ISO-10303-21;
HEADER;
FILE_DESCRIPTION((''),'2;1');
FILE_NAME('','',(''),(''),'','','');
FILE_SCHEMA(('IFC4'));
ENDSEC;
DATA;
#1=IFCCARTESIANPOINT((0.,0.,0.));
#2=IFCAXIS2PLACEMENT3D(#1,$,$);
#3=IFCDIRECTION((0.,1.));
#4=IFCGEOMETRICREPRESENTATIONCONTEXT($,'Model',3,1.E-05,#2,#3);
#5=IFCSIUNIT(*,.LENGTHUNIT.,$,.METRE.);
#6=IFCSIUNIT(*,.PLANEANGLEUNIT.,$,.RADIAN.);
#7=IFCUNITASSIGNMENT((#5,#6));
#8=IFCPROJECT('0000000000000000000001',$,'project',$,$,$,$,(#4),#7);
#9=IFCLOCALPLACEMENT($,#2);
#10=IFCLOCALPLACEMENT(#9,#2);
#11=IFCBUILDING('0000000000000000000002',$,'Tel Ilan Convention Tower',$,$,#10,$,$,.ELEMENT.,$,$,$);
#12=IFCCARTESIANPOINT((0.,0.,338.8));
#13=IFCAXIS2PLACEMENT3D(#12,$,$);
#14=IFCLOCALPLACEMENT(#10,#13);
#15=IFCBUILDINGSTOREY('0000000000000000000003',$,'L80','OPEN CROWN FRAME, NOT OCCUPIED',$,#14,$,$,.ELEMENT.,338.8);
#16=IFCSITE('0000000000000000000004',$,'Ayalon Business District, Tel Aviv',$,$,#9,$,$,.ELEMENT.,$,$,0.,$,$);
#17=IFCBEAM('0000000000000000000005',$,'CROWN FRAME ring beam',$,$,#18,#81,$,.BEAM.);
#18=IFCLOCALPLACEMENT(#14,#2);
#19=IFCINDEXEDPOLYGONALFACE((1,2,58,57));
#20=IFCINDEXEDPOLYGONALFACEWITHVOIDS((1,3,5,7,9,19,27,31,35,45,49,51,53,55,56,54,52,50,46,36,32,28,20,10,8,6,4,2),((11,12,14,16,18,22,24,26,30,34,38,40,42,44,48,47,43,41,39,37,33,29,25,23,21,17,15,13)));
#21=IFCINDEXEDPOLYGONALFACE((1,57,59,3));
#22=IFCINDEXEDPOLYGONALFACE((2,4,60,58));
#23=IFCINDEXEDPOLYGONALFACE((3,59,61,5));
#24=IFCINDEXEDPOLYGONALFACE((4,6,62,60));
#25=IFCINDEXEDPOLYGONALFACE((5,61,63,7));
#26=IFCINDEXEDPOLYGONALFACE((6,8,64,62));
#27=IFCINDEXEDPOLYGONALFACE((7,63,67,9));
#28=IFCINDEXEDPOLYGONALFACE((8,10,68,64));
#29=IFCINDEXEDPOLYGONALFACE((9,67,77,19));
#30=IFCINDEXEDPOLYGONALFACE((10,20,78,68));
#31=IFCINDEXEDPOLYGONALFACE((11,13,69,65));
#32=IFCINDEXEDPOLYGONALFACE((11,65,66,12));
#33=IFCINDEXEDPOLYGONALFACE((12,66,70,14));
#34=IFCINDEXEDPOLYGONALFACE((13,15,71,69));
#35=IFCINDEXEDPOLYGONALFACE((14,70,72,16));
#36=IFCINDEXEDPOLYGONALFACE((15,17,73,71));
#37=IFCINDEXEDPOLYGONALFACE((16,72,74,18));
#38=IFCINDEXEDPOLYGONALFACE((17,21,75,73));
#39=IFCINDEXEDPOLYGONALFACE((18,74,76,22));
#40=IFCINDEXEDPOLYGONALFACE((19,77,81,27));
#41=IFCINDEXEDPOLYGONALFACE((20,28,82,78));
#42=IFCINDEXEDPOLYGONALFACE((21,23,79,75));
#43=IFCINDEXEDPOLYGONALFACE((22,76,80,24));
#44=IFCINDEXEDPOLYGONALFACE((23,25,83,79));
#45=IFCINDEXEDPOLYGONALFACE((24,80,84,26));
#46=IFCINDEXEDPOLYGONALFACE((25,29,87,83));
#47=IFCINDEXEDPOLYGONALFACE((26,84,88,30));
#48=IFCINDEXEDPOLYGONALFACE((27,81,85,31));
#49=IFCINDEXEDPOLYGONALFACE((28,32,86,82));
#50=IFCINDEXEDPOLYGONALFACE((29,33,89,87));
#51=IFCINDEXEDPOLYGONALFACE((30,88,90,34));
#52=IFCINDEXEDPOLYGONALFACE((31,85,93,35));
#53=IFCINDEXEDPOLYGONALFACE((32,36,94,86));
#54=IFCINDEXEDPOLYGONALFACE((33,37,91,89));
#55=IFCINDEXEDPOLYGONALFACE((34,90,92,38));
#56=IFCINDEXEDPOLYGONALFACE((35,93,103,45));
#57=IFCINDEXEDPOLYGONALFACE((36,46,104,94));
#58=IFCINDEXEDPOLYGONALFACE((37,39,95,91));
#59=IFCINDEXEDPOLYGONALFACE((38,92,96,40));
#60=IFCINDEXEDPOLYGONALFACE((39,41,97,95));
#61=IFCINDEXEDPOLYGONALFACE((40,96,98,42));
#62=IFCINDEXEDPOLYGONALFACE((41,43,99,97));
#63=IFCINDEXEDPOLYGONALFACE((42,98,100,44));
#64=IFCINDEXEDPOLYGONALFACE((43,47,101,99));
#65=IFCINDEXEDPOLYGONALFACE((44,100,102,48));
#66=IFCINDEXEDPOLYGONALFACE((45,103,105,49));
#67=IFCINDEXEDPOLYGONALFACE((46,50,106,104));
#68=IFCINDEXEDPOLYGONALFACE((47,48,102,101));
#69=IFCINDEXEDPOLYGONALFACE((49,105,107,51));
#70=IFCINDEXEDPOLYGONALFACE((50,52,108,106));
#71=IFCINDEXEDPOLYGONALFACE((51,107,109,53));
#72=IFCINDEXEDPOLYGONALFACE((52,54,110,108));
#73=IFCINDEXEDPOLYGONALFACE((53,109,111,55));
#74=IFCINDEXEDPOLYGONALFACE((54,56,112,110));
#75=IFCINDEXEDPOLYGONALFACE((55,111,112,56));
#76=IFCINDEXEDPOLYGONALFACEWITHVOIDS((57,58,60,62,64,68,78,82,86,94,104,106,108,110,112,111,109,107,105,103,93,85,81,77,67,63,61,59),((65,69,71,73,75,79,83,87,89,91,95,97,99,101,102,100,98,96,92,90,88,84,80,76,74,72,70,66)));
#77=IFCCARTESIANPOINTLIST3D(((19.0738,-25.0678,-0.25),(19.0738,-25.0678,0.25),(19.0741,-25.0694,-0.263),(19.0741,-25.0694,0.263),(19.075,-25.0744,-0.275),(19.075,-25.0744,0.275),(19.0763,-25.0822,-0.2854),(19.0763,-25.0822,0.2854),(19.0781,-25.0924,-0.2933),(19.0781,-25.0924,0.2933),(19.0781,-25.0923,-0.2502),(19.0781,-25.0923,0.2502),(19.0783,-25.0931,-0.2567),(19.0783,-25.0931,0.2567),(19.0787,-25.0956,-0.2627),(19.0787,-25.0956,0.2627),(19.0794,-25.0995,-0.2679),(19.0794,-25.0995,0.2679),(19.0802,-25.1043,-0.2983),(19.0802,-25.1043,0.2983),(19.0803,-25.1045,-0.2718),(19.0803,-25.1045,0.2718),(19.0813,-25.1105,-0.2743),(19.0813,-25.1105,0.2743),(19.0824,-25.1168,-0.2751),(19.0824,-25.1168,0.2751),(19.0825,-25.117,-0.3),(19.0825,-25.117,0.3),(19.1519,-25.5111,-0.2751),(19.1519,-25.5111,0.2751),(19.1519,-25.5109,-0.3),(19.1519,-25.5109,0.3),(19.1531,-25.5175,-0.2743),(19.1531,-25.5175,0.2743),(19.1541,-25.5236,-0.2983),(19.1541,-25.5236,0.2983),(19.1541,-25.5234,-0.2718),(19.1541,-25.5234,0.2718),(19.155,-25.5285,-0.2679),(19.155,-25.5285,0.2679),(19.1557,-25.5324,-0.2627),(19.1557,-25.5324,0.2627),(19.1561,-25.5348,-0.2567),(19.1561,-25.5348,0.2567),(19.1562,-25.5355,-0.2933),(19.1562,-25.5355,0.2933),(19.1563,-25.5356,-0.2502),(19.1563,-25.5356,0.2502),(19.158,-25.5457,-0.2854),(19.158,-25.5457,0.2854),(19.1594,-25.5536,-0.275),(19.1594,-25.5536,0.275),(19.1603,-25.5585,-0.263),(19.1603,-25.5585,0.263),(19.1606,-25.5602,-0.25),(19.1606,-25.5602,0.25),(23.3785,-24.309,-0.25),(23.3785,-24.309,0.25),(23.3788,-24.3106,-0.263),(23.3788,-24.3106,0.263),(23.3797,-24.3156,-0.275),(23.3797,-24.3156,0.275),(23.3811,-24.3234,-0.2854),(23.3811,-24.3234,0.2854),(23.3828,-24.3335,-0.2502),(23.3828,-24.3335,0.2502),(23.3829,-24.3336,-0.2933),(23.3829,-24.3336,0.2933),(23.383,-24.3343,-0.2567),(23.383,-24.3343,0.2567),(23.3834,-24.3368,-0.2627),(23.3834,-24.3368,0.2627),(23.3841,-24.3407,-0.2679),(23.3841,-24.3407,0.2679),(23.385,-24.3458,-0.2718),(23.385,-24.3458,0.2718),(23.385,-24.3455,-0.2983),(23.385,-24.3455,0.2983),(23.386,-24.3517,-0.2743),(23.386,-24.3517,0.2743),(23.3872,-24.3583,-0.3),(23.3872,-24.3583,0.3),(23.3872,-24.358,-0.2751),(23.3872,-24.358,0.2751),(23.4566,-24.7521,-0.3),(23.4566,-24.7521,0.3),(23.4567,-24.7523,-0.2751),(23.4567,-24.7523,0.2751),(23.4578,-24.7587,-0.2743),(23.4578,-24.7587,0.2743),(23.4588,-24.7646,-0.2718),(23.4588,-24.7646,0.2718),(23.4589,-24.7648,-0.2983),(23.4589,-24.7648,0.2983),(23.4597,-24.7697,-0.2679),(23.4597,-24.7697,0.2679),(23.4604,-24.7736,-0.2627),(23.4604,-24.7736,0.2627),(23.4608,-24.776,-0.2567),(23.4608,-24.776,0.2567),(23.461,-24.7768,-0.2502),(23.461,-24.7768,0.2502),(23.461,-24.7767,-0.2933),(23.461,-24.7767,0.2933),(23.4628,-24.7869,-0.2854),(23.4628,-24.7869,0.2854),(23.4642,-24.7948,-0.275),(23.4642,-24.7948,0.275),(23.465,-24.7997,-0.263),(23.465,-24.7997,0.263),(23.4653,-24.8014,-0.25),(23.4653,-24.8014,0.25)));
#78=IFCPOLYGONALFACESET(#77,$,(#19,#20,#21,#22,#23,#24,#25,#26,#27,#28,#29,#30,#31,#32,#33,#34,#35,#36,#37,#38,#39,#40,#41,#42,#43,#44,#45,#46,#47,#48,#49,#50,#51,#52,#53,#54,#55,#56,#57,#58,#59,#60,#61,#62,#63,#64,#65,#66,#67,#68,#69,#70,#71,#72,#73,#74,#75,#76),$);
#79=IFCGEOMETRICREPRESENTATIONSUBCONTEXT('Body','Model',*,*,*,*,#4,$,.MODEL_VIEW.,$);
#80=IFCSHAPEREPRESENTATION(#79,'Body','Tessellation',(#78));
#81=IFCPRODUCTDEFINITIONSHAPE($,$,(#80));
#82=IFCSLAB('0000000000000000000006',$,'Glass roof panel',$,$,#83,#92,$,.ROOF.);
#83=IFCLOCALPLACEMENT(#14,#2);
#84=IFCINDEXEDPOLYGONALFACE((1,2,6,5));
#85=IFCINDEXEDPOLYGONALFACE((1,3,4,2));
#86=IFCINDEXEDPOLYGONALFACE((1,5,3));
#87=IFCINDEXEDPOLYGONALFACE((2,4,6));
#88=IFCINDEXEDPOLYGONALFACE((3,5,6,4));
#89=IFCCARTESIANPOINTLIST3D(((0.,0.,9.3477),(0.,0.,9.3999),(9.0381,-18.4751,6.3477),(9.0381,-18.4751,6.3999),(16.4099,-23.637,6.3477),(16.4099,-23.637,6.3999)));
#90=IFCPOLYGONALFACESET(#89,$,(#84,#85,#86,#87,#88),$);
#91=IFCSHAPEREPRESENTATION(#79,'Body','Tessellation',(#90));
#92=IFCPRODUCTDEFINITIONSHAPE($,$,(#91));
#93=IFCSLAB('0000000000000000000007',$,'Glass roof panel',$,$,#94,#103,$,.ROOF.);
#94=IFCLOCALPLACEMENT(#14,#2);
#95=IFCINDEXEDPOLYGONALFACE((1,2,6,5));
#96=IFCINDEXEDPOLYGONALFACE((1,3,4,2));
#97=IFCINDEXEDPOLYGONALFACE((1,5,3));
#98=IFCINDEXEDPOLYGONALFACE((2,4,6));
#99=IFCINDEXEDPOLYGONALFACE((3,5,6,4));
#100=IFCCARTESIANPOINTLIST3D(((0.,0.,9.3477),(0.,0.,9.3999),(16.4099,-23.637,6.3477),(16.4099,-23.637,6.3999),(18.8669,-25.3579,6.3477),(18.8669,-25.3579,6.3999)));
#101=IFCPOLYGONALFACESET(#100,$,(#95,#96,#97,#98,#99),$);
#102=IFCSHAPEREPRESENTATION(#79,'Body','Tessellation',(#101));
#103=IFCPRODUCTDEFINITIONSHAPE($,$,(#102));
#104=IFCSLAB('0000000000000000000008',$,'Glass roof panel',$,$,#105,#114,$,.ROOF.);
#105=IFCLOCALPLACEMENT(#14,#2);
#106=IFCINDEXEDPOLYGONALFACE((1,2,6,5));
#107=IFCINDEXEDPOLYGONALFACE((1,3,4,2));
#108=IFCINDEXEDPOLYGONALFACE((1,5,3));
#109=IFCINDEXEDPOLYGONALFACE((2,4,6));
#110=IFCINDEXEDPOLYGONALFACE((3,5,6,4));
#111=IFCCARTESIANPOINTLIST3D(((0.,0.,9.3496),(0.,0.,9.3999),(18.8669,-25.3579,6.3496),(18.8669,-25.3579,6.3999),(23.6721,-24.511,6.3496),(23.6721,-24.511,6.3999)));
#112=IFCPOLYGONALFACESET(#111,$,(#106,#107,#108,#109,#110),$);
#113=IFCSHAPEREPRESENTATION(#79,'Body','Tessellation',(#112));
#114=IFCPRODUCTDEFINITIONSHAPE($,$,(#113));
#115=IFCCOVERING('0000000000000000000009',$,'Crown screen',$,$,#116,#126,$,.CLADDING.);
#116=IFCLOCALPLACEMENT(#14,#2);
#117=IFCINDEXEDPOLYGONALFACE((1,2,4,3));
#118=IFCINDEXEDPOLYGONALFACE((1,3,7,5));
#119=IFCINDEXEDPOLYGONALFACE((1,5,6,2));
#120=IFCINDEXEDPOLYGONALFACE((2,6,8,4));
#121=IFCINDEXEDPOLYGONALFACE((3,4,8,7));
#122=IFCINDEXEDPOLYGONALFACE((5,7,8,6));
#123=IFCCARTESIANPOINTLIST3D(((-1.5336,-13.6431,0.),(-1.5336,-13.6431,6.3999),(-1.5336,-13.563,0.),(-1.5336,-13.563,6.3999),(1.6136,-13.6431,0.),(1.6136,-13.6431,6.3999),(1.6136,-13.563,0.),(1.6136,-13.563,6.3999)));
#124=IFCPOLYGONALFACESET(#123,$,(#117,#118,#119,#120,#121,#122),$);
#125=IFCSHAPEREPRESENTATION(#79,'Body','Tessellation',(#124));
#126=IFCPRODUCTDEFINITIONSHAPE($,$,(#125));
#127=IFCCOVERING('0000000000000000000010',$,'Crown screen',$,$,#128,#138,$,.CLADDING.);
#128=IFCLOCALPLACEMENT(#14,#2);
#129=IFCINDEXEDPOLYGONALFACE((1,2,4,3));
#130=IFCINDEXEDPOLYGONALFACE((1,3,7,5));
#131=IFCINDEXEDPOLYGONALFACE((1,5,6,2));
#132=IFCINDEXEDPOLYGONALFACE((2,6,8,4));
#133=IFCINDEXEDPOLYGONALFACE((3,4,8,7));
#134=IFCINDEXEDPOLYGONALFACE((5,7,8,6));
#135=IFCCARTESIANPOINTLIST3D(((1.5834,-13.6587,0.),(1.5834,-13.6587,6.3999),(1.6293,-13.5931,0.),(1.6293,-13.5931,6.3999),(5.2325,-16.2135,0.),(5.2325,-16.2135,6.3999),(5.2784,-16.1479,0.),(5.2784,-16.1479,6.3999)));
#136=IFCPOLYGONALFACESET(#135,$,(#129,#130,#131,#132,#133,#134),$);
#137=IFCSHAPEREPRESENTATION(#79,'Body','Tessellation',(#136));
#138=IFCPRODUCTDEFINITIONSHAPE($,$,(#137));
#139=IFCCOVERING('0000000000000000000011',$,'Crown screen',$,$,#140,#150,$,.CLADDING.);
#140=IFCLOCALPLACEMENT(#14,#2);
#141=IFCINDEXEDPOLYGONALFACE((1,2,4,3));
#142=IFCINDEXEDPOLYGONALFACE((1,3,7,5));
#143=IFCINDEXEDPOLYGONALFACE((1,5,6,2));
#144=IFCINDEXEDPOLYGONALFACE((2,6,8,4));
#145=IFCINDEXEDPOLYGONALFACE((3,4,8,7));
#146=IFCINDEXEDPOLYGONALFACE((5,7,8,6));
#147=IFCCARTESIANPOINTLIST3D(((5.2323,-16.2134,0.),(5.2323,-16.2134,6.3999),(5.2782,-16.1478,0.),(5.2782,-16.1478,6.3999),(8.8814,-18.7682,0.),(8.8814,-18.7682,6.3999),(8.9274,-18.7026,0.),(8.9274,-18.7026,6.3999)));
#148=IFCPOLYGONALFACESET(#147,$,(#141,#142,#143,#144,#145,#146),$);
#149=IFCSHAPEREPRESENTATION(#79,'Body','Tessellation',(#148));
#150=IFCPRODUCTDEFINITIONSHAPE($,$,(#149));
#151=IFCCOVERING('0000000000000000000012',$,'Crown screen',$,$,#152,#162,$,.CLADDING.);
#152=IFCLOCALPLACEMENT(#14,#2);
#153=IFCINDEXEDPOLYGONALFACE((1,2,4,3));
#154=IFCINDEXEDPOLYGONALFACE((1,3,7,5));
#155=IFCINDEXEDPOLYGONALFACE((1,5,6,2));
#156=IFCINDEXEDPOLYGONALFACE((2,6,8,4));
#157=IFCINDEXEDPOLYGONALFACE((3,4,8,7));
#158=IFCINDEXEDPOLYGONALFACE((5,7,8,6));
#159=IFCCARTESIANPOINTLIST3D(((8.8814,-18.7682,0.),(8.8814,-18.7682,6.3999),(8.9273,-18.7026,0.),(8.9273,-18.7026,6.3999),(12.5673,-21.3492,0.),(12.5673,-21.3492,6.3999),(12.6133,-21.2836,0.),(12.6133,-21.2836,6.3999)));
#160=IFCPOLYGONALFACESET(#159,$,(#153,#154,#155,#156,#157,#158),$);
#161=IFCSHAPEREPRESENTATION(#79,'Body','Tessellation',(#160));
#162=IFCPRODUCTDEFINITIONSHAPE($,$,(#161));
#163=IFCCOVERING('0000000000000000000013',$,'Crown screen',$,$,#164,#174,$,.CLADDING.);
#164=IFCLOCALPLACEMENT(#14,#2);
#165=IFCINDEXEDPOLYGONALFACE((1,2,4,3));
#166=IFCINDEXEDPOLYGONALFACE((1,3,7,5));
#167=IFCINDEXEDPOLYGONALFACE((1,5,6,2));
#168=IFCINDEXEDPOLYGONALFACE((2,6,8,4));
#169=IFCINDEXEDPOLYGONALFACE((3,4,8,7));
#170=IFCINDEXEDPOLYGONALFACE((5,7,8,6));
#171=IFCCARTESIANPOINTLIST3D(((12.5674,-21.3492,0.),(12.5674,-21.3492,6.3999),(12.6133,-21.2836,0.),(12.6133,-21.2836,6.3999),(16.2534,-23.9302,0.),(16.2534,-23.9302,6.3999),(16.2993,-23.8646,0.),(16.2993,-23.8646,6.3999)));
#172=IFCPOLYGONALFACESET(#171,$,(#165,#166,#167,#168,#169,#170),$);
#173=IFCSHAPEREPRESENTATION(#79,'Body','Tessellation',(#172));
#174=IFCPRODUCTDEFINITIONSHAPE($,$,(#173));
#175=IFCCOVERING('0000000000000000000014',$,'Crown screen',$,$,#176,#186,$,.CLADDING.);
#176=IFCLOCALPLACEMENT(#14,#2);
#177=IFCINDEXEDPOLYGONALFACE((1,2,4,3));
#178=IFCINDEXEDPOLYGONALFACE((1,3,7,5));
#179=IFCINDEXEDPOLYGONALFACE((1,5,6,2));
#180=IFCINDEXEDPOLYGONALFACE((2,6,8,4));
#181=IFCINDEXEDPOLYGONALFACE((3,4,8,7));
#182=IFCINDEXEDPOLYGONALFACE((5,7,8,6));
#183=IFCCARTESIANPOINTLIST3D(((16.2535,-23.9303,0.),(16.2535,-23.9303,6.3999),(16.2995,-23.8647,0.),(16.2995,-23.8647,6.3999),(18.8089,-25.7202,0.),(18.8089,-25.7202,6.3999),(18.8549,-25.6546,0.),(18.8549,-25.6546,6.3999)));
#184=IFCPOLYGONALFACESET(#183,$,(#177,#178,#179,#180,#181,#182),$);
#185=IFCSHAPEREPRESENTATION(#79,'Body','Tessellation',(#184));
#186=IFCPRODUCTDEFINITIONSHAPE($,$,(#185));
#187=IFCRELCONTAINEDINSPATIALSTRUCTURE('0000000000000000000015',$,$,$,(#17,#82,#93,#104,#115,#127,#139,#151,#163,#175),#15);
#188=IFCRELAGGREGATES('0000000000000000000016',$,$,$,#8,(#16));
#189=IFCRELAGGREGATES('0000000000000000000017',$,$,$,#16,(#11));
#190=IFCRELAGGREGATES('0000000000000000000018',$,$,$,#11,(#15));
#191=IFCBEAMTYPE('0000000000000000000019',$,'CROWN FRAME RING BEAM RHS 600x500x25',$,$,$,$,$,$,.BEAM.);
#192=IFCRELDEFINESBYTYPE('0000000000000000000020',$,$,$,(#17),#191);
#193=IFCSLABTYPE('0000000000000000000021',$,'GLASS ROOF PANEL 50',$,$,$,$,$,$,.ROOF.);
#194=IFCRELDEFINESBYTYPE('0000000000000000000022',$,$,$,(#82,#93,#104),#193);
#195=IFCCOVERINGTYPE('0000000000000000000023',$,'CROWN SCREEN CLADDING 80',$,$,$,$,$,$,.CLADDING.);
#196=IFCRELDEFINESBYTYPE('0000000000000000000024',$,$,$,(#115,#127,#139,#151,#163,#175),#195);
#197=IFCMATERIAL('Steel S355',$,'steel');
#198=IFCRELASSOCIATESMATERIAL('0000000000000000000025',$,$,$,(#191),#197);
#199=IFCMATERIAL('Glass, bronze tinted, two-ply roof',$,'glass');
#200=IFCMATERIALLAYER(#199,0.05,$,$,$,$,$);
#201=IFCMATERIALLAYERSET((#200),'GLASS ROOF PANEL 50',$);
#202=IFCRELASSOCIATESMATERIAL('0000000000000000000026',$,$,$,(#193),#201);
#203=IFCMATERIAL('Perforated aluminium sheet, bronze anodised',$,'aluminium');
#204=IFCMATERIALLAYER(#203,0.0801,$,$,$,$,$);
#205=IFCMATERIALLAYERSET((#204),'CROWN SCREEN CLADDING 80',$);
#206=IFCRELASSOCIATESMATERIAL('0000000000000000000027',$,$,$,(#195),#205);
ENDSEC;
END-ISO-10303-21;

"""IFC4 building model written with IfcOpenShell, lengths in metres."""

from ifc_helpers import new_model, si_unit, direction, frame, origin, origin_2d, place, context, subcontext, project, spatial, polyline, rectangle, hollow_rectangle, outline, extrude, material, layer, layer_set, material_profile, profile_set, type_object, element, save


model = new_model("IFC4")

# Units and contexts
model_context = context("Model", 3, precision=1e-05, world=origin(), true_north=direction((0.0, 1.0)))
body_context = subcontext(model_context, "Body", "Model", "MODEL_VIEW")
ifc_project = project(units=[si_unit("LENGTHUNIT", "METRE"), si_unit("PLANEANGLEUNIT", "RADIAN")], contexts=[model_context])

# Site, building, storey
site_placement = place(None, origin())
site = spatial("IfcSite", under=ifc_project, at=site_placement, Name="Ayalon Business District, Tel Aviv", CompositionType="ELEMENT", RefElevation=0.0)
building_placement = place(site_placement, origin())
building = spatial("IfcBuilding", under=site, at=building_placement, Name="Tel Ilan Convention Tower", CompositionType="ELEMENT")
storey_placement = place(building_placement, frame((0.0, 0.0, 338.8)))
storey = spatial("IfcBuildingStorey", under=building, at=storey_placement, Name="L80", Description="OPEN CROWN FRAME, NOT OCCUPIED", CompositionType="ELEMENT", Elevation=338.8)

# Beam
ifc_material_1 = material(Name="Steel S355", Category="steel")
ifc_material_profile_1 = material_profile(ifc_material_1, hollow_rectangle(XDim=0.5, YDim=0.6001, WallThickness=0.0249, InnerFilletRadius=0.0249, OuterFilletRadius=0.05, at=origin_2d()), Name="RHS 600x500x25")
ifc_profile_set_1 = profile_set([ifc_material_profile_1], Name="Steel S355")
beam_type = type_object("IfcBeamType", Name="CROWN FRAME RING BEAM RHS 600x500x25", PredefinedType="BEAM", material=ifc_profile_set_1)
beam_placement = place(storey_placement, frame((19.1172, -25.314, 0.0), z_axis=(0.984817, 0.173594, 0.0), x_axis=(-0.173594, 0.984817, 0.0)))
element("IfcBeam", 1, at=beam_placement, inside=storey, type_object=beam_type, Name="CROWN FRAME ring beam", PredefinedType="BEAM", context=body_context, shape_type="SweptSolid", body=[
    extrude(hollow_rectangle(XDim=0.5, YDim=0.6001, WallThickness=0.0249, InnerFilletRadius=0.0249, OuterFilletRadius=0.05, at=origin_2d()), origin(), (0.0, 0.0, 1.0), 4.3711),
])

# Slabs
ifc_material_2 = material(Name="Glass, bronze tinted, two-ply roof", Category="glass")
ifc_layer_1 = layer(ifc_material_2, 0.05)
ifc_layer_set_1 = layer_set([ifc_layer_1], Name="GLASS ROOF PANEL 50")
slab_type = type_object("IfcSlabType", Name="GLASS ROOF PANEL 50", PredefinedType="ROOF", material=ifc_layer_set_1)
slab_1_placement = place(storey_placement, frame((9.0381, -18.4751, 6.3999), z_axis=(-0.16558, -0.23647, 0.957426), x_axis=(0.819149, -0.573581, 0.0)))
element("IfcSlab", 2, at=slab_1_placement, inside=storey, type_object=slab_type, Name="Glass roof panel", PredefinedType="ROOF", context=body_context, shape_type="SweptSolid", body=[
    extrude(outline(polyline([(0.0, 0.0), (8.9994, 0.0), (-18.0005, 10.3922), (0.0, 0.0)])), origin(), (0.0, -0.288677, -0.957426), 0.0522),
])
slab_2_placement = place(storey_placement, frame((16.4099, -23.637, 6.3999), z_axis=(-0.165668, -0.236527, 0.957397), x_axis=(0.819071, -0.573692, 0.0)))
element("IfcSlab", 3, at=slab_2_placement, inside=storey, type_object=slab_type, Name="Glass roof panel", PredefinedType="ROOF", context=body_context, shape_type="SweptSolid", body=[
    extrude(outline(polyline([(0.0, 0.0), (2.9998, 0.0), (-27.0012, 10.3887), (0.0, 0.0)])), origin(), (0.0, -0.288775, -0.957397), 0.0522),
])
slab_3_placement = place(storey_placement, frame((18.8669, -25.3579, 6.3999), z_axis=(0.018331, -0.104006, 0.994408), x_axis=(0.98482, 0.173577, 0.0)))
element("IfcSlab", 4, at=slab_3_placement, inside=storey, type_object=slab_type, Name="Glass roof panel", PredefinedType="ROOF", context=body_context, shape_type="SweptSolid", body=[
    extrude(outline(polyline([(0.0, 0.0), (4.8792, 0.0), (-14.179, 28.4067), (0.0, 0.0)])), origin(), (0.0, -0.105609, -0.994408), 0.0503),
])

# Coverings
ifc_material_3 = material(Name="Perforated aluminium sheet, bronze anodised", Category="aluminium")
ifc_layer_2 = layer(ifc_material_3, 0.0801)
ifc_layer_set_2 = layer_set([ifc_layer_2], Name="CROWN SCREEN CLADDING 80")
covering_type = type_object("IfcCoveringType", Name="CROWN SCREEN CLADDING 80", PredefinedType="CLADDING", material=ifc_layer_set_2)
covering_1_placement = place(storey_placement, frame((0.04, -13.603, 0.0), z_axis=(0.0, 0.0, 1.0), x_axis=(1.0, 0.0, 0.0)))
element("IfcCovering", 5, at=covering_1_placement, inside=storey, type_object=covering_type, Name="Crown screen", PredefinedType="CLADDING", context=body_context, shape_type="SweptSolid", body=[
    extrude(rectangle(XDim=3.1472, YDim=0.0801, at=origin_2d()), origin(), (0.0, 0.0, 1.0), 6.3999),
])
for number, where, z_axis, x_axis, name in (
    (6, (3.4309, -14.9033, 0.0), (0.0, 0.0, 1.0), (0.819185, -0.573529, 0.0), "Crown screen"),
    (7, (7.0798, -17.458, 0.0), (0.0, 0.0, 1.0), (0.819185, -0.573529, 0.0), "Crown screen"),
):
    element("IfcCovering", number, at=place(storey_placement, frame(where, z_axis=z_axis, x_axis=x_axis)), inside=storey, type_object=covering_type, Name=name, PredefinedType="CLADDING", context=body_context, shape_type="SweptSolid", body=[
        extrude(rectangle(XDim=4.4546, YDim=0.0801, at=origin_2d()), origin(), (0.0, 0.0, 1.0), 6.3999),
    ])
for number, where, z_axis, x_axis, name in (
    (8, (10.7473, -20.0259, 0.0), (0.0, 0.0, 1.0), (0.819148, -0.573582, 0.0), "Crown screen"),
    (9, (14.4333, -22.6069, 0.0), (0.0, 0.0, 1.0), (0.819148, -0.573582, 0.0), "Crown screen"),
):
    element("IfcCovering", number, at=place(storey_placement, frame(where, z_axis=z_axis, x_axis=x_axis)), inside=storey, type_object=covering_type, Name=name, PredefinedType="CLADDING", context=body_context, shape_type="SweptSolid", body=[
        extrude(rectangle(XDim=4.4998, YDim=0.0801, at=origin_2d()), origin(), (0.0, 0.0, 1.0), 6.3999),
    ])
covering_2_placement = place(storey_placement, frame((17.5542, -24.7925, 0.0), z_axis=(0.0, 0.0, 1.0), x_axis=(0.81906, -0.573708, 0.0)))
element("IfcCovering", 10, at=covering_2_placement, inside=storey, type_object=covering_type, Name="Crown screen", PredefinedType="CLADDING", context=body_context, shape_type="SweptSolid", body=[
    extrude(rectangle(XDim=3.1199, YDim=0.0801, at=origin_2d()), origin(), (0.0, 0.0, 1.0), 6.3999),
])

save(model, "model.ifc")
